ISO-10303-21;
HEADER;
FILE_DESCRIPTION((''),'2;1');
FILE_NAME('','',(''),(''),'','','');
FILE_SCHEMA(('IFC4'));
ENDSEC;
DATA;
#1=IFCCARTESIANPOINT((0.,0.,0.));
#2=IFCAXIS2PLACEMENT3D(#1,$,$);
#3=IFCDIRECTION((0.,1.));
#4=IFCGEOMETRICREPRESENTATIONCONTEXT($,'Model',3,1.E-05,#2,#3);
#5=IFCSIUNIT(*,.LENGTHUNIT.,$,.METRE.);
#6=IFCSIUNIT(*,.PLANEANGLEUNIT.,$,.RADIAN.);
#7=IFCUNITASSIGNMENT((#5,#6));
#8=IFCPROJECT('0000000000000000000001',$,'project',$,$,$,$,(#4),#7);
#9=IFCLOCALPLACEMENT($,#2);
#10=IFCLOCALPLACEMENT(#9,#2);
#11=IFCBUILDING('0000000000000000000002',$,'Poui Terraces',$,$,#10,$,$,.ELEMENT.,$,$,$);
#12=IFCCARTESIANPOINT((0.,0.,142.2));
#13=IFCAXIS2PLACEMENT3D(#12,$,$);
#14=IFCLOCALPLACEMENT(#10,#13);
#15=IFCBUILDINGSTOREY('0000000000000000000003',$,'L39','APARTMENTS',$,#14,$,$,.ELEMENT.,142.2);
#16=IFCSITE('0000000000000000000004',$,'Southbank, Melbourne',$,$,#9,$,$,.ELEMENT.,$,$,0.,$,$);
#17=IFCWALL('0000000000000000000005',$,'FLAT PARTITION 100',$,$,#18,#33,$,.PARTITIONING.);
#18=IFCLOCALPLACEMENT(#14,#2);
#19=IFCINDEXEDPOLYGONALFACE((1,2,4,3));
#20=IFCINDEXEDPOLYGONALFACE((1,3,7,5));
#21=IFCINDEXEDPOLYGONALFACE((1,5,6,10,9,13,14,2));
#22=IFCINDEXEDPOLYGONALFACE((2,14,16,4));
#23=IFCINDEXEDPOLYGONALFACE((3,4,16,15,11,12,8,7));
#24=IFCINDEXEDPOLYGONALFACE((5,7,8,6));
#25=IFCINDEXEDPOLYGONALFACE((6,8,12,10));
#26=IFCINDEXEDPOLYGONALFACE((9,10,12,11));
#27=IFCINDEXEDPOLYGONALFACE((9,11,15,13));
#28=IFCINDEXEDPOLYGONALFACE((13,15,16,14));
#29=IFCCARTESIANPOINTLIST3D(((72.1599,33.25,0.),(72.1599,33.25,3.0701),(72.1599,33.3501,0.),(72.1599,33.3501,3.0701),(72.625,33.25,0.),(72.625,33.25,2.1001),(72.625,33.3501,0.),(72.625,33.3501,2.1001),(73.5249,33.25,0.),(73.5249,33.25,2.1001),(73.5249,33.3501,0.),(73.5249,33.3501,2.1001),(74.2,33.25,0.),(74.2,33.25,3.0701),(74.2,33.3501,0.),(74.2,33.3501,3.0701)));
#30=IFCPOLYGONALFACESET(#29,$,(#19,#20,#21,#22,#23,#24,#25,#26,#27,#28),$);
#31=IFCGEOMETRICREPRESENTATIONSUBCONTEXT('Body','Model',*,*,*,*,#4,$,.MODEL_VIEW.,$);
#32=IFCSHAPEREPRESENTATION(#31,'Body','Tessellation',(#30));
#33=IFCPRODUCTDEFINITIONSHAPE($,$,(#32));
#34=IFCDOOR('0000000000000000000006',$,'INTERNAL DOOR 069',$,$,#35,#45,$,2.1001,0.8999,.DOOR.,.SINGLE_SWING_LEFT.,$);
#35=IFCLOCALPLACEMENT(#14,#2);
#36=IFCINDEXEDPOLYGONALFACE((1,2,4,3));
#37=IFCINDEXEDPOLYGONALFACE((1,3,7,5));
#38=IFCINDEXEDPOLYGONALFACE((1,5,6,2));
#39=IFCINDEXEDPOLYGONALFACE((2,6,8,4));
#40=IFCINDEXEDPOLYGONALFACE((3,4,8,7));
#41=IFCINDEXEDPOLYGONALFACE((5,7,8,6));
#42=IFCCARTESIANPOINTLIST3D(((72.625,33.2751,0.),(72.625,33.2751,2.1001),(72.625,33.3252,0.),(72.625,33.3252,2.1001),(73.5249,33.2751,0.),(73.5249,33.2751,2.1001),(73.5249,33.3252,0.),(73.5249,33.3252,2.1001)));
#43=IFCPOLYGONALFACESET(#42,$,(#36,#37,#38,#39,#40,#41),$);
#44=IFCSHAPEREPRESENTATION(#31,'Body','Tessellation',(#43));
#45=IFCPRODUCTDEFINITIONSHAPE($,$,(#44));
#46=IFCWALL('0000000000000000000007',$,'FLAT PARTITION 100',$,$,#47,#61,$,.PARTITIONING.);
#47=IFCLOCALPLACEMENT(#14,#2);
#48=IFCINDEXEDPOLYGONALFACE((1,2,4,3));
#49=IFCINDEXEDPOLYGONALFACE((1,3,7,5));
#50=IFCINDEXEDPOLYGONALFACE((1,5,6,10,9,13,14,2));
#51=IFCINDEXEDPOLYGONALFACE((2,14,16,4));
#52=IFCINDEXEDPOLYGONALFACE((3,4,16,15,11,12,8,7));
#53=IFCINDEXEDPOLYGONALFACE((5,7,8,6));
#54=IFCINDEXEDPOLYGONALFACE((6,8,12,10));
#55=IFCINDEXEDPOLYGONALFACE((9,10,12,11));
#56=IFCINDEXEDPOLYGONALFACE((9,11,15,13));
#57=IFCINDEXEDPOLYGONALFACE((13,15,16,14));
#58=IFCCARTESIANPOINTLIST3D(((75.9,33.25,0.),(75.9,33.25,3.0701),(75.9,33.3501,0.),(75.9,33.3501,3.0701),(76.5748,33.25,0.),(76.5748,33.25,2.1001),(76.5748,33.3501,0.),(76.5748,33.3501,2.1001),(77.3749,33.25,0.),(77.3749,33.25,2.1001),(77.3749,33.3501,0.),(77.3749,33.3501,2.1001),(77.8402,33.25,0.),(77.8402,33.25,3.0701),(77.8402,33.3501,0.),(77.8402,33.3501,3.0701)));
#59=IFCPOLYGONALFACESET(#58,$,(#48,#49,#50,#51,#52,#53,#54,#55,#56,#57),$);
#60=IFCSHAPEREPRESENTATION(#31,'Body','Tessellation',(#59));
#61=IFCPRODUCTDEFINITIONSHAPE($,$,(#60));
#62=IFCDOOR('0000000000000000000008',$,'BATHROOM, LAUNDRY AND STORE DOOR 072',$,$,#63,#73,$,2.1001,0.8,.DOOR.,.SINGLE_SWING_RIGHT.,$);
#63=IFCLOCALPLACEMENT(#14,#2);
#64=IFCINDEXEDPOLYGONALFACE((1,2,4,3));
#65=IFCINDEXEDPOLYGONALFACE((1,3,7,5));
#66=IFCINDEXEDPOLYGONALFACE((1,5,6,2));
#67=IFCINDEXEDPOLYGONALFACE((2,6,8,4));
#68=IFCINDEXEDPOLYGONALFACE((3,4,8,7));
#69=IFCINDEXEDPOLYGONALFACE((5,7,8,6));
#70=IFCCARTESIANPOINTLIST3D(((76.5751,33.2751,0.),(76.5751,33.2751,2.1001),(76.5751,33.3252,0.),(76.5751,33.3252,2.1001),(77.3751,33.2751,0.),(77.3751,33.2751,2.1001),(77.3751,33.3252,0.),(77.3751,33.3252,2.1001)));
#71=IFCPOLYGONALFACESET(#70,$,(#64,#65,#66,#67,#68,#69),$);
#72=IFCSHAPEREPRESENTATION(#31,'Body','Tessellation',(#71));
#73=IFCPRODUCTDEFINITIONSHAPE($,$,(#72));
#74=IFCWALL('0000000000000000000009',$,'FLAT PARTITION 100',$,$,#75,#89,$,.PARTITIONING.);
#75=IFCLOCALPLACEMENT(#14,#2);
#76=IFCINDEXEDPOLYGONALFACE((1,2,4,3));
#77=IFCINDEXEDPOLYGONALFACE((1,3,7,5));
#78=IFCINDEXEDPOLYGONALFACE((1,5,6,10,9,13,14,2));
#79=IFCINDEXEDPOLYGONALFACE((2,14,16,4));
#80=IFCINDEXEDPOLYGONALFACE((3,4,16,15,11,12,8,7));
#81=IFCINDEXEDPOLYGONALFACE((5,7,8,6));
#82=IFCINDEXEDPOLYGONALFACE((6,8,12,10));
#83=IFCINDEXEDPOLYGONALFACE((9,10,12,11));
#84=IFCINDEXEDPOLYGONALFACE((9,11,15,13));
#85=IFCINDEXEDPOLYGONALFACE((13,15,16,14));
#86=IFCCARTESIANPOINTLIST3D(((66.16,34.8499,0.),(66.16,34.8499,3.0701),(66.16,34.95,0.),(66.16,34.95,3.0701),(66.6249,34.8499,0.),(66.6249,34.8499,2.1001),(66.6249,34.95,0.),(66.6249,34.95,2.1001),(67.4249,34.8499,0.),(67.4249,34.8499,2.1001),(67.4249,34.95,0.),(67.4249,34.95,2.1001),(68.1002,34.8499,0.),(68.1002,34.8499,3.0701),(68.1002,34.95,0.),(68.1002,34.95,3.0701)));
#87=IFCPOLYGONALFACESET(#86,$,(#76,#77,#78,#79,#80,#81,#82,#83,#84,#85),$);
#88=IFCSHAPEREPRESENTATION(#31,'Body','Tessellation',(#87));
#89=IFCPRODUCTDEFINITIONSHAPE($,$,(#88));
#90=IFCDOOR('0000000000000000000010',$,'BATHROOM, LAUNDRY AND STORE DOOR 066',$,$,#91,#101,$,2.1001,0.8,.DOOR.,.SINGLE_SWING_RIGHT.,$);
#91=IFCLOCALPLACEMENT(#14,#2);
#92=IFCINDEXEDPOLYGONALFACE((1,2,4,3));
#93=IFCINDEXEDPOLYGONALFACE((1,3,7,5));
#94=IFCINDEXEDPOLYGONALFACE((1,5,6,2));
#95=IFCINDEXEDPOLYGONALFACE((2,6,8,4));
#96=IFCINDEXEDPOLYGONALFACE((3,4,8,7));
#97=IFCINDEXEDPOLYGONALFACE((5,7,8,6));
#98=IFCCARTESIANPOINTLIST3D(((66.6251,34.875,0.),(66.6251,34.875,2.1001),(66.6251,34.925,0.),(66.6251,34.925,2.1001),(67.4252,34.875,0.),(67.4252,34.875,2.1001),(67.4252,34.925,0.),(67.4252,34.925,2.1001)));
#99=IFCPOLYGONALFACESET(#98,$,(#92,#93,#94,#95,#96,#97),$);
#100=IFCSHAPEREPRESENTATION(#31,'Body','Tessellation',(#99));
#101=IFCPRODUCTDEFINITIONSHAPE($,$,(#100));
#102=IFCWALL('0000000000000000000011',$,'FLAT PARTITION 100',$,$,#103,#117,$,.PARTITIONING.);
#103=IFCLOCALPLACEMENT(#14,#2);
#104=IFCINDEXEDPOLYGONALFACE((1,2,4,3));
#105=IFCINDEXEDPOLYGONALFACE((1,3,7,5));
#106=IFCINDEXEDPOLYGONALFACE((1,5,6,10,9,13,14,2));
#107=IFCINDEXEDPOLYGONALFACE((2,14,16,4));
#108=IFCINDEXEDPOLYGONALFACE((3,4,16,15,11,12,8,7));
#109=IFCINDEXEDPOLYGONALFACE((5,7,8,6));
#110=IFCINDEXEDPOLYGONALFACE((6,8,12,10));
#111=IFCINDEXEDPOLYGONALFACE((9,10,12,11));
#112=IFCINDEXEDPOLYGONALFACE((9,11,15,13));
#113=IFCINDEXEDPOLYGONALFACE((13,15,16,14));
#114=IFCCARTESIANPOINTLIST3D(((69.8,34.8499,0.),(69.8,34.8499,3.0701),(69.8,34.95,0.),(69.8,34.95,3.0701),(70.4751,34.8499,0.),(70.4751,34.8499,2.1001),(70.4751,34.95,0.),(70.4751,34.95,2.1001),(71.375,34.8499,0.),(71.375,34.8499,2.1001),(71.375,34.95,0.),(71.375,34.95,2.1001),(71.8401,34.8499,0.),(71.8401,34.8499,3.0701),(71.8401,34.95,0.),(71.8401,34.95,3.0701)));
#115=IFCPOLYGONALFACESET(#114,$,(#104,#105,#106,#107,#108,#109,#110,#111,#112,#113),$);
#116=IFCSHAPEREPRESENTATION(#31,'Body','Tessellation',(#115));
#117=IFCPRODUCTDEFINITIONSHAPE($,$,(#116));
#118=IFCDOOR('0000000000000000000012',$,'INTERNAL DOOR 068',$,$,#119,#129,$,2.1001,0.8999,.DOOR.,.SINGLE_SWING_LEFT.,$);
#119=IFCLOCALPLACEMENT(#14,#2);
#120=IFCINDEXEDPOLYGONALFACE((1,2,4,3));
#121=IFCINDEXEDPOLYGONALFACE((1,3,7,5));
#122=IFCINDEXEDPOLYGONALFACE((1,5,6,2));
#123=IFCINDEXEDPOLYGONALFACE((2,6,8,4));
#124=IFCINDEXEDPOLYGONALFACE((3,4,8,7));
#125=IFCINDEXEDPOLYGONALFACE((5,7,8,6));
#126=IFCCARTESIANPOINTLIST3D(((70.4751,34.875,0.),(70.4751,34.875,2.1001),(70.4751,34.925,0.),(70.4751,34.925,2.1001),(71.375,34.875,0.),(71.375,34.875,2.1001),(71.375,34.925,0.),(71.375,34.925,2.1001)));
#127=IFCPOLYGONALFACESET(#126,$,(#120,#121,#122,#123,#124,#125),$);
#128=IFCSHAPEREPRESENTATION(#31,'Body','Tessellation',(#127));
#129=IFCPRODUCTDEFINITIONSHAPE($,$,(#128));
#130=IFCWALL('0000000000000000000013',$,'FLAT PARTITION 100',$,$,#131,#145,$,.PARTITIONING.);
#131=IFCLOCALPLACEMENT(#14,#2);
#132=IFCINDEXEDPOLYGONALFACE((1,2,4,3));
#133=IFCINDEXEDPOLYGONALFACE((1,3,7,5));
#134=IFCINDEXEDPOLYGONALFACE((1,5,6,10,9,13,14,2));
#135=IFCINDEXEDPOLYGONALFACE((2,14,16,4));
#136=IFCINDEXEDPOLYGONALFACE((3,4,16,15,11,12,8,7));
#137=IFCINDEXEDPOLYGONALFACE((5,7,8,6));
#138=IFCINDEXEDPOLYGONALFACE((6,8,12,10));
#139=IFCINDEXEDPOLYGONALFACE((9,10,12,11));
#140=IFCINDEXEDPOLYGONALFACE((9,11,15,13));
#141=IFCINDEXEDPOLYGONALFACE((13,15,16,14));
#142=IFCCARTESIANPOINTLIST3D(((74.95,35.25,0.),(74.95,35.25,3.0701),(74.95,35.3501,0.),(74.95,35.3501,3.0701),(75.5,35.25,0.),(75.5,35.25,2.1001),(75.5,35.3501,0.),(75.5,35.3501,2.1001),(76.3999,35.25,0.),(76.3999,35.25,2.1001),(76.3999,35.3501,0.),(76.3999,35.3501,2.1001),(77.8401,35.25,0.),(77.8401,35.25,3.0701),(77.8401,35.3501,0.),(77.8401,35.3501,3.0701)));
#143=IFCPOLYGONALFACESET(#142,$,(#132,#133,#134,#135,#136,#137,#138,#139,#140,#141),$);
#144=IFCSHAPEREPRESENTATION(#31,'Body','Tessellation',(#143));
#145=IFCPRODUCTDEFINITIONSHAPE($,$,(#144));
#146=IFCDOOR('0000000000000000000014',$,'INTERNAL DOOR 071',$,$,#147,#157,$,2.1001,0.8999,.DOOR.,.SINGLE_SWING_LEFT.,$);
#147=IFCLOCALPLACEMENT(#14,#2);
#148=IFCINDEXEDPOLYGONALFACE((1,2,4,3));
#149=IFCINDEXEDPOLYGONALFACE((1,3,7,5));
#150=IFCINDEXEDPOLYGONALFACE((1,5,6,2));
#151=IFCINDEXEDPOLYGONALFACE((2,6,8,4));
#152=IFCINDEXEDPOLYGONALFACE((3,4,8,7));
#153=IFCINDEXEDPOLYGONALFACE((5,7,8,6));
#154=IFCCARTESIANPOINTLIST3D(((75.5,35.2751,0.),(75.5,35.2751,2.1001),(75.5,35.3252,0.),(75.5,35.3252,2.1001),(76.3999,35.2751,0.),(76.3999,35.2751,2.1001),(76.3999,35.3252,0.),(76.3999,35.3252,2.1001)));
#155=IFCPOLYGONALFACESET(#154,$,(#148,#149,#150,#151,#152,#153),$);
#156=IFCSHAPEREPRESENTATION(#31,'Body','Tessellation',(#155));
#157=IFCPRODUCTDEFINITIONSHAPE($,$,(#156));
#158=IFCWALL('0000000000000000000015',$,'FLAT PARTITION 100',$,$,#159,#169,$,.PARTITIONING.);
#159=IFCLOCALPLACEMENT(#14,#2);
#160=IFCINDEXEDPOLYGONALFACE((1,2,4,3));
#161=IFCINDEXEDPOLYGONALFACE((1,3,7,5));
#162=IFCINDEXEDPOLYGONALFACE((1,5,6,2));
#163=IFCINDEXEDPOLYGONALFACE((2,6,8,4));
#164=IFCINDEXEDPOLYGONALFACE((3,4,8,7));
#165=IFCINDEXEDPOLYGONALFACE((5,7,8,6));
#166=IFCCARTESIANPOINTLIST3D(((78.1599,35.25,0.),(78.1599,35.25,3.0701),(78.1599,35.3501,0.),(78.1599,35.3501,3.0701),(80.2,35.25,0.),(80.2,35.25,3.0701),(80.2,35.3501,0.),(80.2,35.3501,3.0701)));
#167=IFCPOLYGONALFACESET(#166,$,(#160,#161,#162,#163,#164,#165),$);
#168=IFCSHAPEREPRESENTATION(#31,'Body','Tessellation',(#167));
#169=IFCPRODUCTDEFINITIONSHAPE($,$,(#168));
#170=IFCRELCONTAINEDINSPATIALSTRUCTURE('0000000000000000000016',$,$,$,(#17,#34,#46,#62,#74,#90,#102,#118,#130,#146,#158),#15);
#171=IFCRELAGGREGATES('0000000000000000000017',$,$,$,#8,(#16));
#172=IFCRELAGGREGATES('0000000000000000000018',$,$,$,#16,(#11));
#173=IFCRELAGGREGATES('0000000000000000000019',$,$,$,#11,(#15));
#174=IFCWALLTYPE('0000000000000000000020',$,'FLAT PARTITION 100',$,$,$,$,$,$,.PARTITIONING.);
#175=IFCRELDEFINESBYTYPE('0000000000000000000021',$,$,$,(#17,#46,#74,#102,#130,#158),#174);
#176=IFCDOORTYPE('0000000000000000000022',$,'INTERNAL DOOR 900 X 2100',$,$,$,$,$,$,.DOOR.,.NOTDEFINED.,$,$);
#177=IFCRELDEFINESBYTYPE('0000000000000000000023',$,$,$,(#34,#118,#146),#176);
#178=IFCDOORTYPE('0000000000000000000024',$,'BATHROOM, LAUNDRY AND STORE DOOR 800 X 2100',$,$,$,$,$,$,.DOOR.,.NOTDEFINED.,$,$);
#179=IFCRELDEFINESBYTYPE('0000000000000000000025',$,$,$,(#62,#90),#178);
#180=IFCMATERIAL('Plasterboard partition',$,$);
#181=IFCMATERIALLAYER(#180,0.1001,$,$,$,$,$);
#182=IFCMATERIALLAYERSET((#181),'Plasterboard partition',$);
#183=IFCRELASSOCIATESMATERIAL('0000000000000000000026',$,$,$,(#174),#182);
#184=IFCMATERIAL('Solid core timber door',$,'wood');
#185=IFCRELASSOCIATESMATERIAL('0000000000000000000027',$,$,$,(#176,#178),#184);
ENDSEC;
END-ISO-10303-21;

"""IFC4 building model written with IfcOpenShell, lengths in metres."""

from ifc_helpers import new_model, si_unit, direction, frame, frame_2d, origin, place, context, subcontext, project, spatial, rectangle, extrude, material, layer, layer_set, type_object, element, fill, save


model = new_model("IFC4")

# Units and contexts
model_context = context("Model", 3, precision=1e-05, world=origin(), true_north=direction((0.0, 1.0)))
body_context = subcontext(model_context, "Body", "Model", "MODEL_VIEW")
ifc_project = project(units=[si_unit("LENGTHUNIT", "METRE"), si_unit("PLANEANGLEUNIT", "RADIAN")], contexts=[model_context])

# Site, building, storey
site_placement = place(None, origin())
site = spatial("IfcSite", under=ifc_project, at=site_placement, Name="Southbank, Melbourne", CompositionType="ELEMENT", RefElevation=0.0)
building_placement = place(site_placement, origin())
building = spatial("IfcBuilding", under=site, at=building_placement, Name="Poui Terraces", CompositionType="ELEMENT")
storey_placement = place(building_placement, frame((0.0, 0.0, 142.2)))
storey = spatial("IfcBuildingStorey", under=building, at=storey_placement, Name="L39", Description="APARTMENTS", CompositionType="ELEMENT", Elevation=142.2)

# Walls, openings, doors
ifc_material_1 = material(Name="Plasterboard partition")
ifc_layer_1 = layer(ifc_material_1, 0.1001)
ifc_layer_set_1 = layer_set([ifc_layer_1], Name="Plasterboard partition")
wall_type_1 = type_object("IfcWallType", Name="FLAT PARTITION 100", PredefinedType="PARTITIONING", material=ifc_layer_set_1)
wall_1_placement = place(storey_placement, frame((72.1599, 33.3, 0.0), z_axis=(0.0, 0.0, 1.0), x_axis=(1.0, 0.0, 0.0)))
wall_1 = element("IfcWall", 1, at=wall_1_placement, inside=storey, type_object=wall_type_1, Name="FLAT PARTITION 100", PredefinedType="PARTITIONING", context=body_context, shape_type="SweptSolid", body=[
    extrude(rectangle(XDim=2.04, YDim=0.1001, at=frame_2d((1.02, 0.0))), origin(), (0.0, 0.0, 1.0), 3.0701),
])
opening_1_placement = place(wall_1_placement, frame((0.4651, 0.0, 0.0)))
opening_1 = element("IfcOpeningElement", 2, at=opening_1_placement, cuts=wall_1, PredefinedType="OPENING", context=body_context, shape_type="SweptSolid", body=[
    extrude(rectangle(XDim=0.8999, YDim=2.1001, at=frame_2d((0.45, 1.05))), frame((0.0, 0.0601, 0.0), z_axis=(0.0, -1.0, 0.0), x_axis=(1.0, 0.0, 0.0)), (0.0, 0.0, 1.0), 0.1201),
])
ifc_material_2 = material(Name="Solid core timber door", Category="wood")
door_type_1 = type_object("IfcDoorType", Name="INTERNAL DOOR 900 X 2100", OperationType="NOTDEFINED", PredefinedType="DOOR", material=ifc_material_2)
door_1_placement = place(opening_1_placement, frame((0.8999, 0.0, 0.0), z_axis=(0.0, 0.0, 1.0), x_axis=(-1.0, 0.0, 0.0)))
door_1 = element("IfcDoor", 3, at=door_1_placement, inside=storey, type_object=door_type_1, Name="INTERNAL DOOR 069", OperationType="SINGLE_SWING_LEFT", OverallHeight=2.1001, OverallWidth=0.8999, PredefinedType="DOOR", context=body_context, shape_type="SweptSolid", body=[
    extrude(rectangle(XDim=0.8999, YDim=2.1001, at=frame_2d((0.45, 1.05))), frame((0.0, 0.0249, 0.0), z_axis=(0.0, -1.0, 0.0), x_axis=(1.0, 0.0, 0.0)), (0.0, 0.0, 1.0), 0.05),
])
fill(opening_1, door_1)
wall_2_placement = place(storey_placement, frame((75.8999, 33.3, 0.0), z_axis=(0.0, 0.0, 1.0), x_axis=(1.0, 0.0, 0.0)))
wall_2 = element("IfcWall", 4, at=wall_2_placement, inside=storey, type_object=wall_type_1, Name="FLAT PARTITION 100", PredefinedType="PARTITIONING", context=body_context, shape_type="SweptSolid", body=[
    extrude(rectangle(XDim=1.9402, YDim=0.1001, at=frame_2d((0.9702, 0.0))), origin(), (0.0, 0.0, 1.0), 3.0701),
])
opening_2_placement = place(wall_2_placement, frame((0.675, 0.0, 0.0)))
opening_2 = element("IfcOpeningElement", 5, at=opening_2_placement, cuts=wall_2, PredefinedType="OPENING", context=body_context, shape_type="SweptSolid", body=[
    extrude(rectangle(XDim=0.8, YDim=2.1001, at=frame_2d((0.3999, 1.05))), frame((0.0, 0.0601, 0.0), z_axis=(0.0, -1.0, 0.0), x_axis=(1.0, 0.0, 0.0)), (0.0, 0.0, 1.0), 0.1201),
])
door_type_2 = type_object("IfcDoorType", Name="BATHROOM, LAUNDRY AND STORE DOOR 800 X 2100", OperationType="NOTDEFINED", PredefinedType="DOOR", material=ifc_material_2)
door_2_placement = place(opening_2_placement, frame((0.8, 0.0, 0.0), z_axis=(0.0, 0.0, 1.0), x_axis=(-1.0, 0.0, 0.0)))
door_2 = element("IfcDoor", 6, at=door_2_placement, inside=storey, type_object=door_type_2, Name="BATHROOM, LAUNDRY AND STORE DOOR 072", OperationType="SINGLE_SWING_RIGHT", OverallHeight=2.1001, OverallWidth=0.8, PredefinedType="DOOR", context=body_context, shape_type="SweptSolid", body=[
    extrude(rectangle(XDim=0.8, YDim=2.1001, at=frame_2d((0.3999, 1.05))), frame((0.0, 0.0249, 0.0), z_axis=(0.0, -1.0, 0.0), x_axis=(1.0, 0.0, 0.0)), (0.0, 0.0, 1.0), 0.05),
])
fill(opening_2, door_2)
wall_3_placement = place(storey_placement, frame((66.1599, 34.8999, 0.0), z_axis=(0.0, 0.0, 1.0), x_axis=(1.0, 0.0, 0.0)))
wall_3 = element("IfcWall", 7, at=wall_3_placement, inside=storey, type_object=wall_type_1, Name="FLAT PARTITION 100", PredefinedType="PARTITIONING", context=body_context, shape_type="SweptSolid", body=[
    extrude(rectangle(XDim=1.9402, YDim=0.1001, at=frame_2d((0.9702, 0.0))), origin(), (0.0, 0.0, 1.0), 3.0701),
])
opening_3_placement = place(wall_3_placement, frame((0.4651, 0.0, 0.0)))
opening_3 = element("IfcOpeningElement", 8, at=opening_3_placement, cuts=wall_3, PredefinedType="OPENING", context=body_context, shape_type="SweptSolid", body=[
    extrude(rectangle(XDim=0.8, YDim=2.1001, at=frame_2d((0.3999, 1.05))), frame((0.0, 0.0601, 0.0), z_axis=(0.0, -1.0, 0.0), x_axis=(1.0, 0.0, 0.0)), (0.0, 0.0, 1.0), 0.1201),
])
door_3_placement = place(opening_3_placement, frame((0.8, 0.0, 0.0), z_axis=(0.0, 0.0, 1.0), x_axis=(-1.0, 0.0, 0.0)))
door_3 = element("IfcDoor", 9, at=door_3_placement, inside=storey, type_object=door_type_2, Name="BATHROOM, LAUNDRY AND STORE DOOR 066", OperationType="SINGLE_SWING_RIGHT", OverallHeight=2.1001, OverallWidth=0.8, PredefinedType="DOOR", context=body_context, shape_type="SweptSolid", body=[
    extrude(rectangle(XDim=0.8, YDim=2.1001, at=frame_2d((0.3999, 1.05))), frame((0.0, 0.0249, 0.0), z_axis=(0.0, -1.0, 0.0), x_axis=(1.0, 0.0, 0.0)), (0.0, 0.0, 1.0), 0.05),
])
fill(opening_3, door_3)
wall_4_placement = place(storey_placement, frame((69.8, 34.8999, 0.0), z_axis=(0.0, 0.0, 1.0), x_axis=(1.0, 0.0, 0.0)))
wall_4 = element("IfcWall", 10, at=wall_4_placement, inside=storey, type_object=wall_type_1, Name="FLAT PARTITION 100", PredefinedType="PARTITIONING", context=body_context, shape_type="SweptSolid", body=[
    extrude(rectangle(XDim=2.04, YDim=0.1001, at=frame_2d((1.02, 0.0))), origin(), (0.0, 0.0, 1.0), 3.0701),
])
opening_4_placement = place(wall_4_placement, frame((0.675, 0.0, 0.0)))
opening_4 = element("IfcOpeningElement", 11, at=opening_4_placement, cuts=wall_4, PredefinedType="OPENING", context=body_context, shape_type="SweptSolid", body=[
    extrude(rectangle(XDim=0.8999, YDim=2.1001, at=frame_2d((0.45, 1.05))), frame((0.0, 0.0601, 0.0), z_axis=(0.0, -1.0, 0.0), x_axis=(1.0, 0.0, 0.0)), (0.0, 0.0, 1.0), 0.1201),
])
door_4_placement = place(opening_4_placement, frame((0.8999, 0.0, 0.0), z_axis=(0.0, 0.0, 1.0), x_axis=(-1.0, 0.0, 0.0)))
door_4 = element("IfcDoor", 12, at=door_4_placement, inside=storey, type_object=door_type_1, Name="INTERNAL DOOR 068", OperationType="SINGLE_SWING_LEFT", OverallHeight=2.1001, OverallWidth=0.8999, PredefinedType="DOOR", context=body_context, shape_type="SweptSolid", body=[
    extrude(rectangle(XDim=0.8999, YDim=2.1001, at=frame_2d((0.45, 1.05))), frame((0.0, 0.0249, 0.0), z_axis=(0.0, -1.0, 0.0), x_axis=(1.0, 0.0, 0.0)), (0.0, 0.0, 1.0), 0.05),
])
fill(opening_4, door_4)
wall_5_placement = place(storey_placement, frame((74.95, 35.3, 0.0), z_axis=(0.0, 0.0, 1.0), x_axis=(1.0, 0.0, 0.0)))
wall_5 = element("IfcWall", 13, at=wall_5_placement, inside=storey, type_object=wall_type_1, Name="FLAT PARTITION 100", PredefinedType="PARTITIONING", context=body_context, shape_type="SweptSolid", body=[
    extrude(rectangle(XDim=2.8901, YDim=0.1001, at=frame_2d((1.4451, 0.0))), origin(), (0.0, 0.0, 1.0), 3.0701),
])
opening_5_placement = place(wall_5_placement, frame((0.55, 0.0, 0.0)))
opening_5 = element("IfcOpeningElement", 14, at=opening_5_placement, cuts=wall_5, PredefinedType="OPENING", context=body_context, shape_type="SweptSolid", body=[
    extrude(rectangle(XDim=0.8999, YDim=2.1001, at=frame_2d((0.45, 1.05))), frame((0.0, 0.0601, 0.0), z_axis=(0.0, -1.0, 0.0), x_axis=(1.0, 0.0, 0.0)), (0.0, 0.0, 1.0), 0.1201),
])
door_5_placement = place(opening_5_placement, frame((0.8999, 0.0, 0.0), z_axis=(0.0, 0.0, 1.0), x_axis=(-1.0, 0.0, 0.0)))
door_5 = element("IfcDoor", 15, at=door_5_placement, inside=storey, type_object=door_type_1, Name="INTERNAL DOOR 071", OperationType="SINGLE_SWING_LEFT", OverallHeight=2.1001, OverallWidth=0.8999, PredefinedType="DOOR", context=body_context, shape_type="SweptSolid", body=[
    extrude(rectangle(XDim=0.8999, YDim=2.1001, at=frame_2d((0.45, 1.05))), frame((0.0, 0.0249, 0.0), z_axis=(0.0, -1.0, 0.0), x_axis=(1.0, 0.0, 0.0)), (0.0, 0.0, 1.0), 0.05),
])
fill(opening_5, door_5)

# Wall
wall_6_placement = place(storey_placement, frame((78.1599, 35.3, 0.0), z_axis=(0.0, 0.0, 1.0), x_axis=(1.0, 0.0, 0.0)))
element("IfcWall", 16, at=wall_6_placement, inside=storey, type_object=wall_type_1, Name="FLAT PARTITION 100", PredefinedType="PARTITIONING", context=body_context, shape_type="SweptSolid", body=[
    extrude(rectangle(XDim=2.04, YDim=0.1001, at=frame_2d((1.02, 0.0))), origin(), (0.0, 0.0, 1.0), 3.0701),
])

save(model, "model.ifc")
